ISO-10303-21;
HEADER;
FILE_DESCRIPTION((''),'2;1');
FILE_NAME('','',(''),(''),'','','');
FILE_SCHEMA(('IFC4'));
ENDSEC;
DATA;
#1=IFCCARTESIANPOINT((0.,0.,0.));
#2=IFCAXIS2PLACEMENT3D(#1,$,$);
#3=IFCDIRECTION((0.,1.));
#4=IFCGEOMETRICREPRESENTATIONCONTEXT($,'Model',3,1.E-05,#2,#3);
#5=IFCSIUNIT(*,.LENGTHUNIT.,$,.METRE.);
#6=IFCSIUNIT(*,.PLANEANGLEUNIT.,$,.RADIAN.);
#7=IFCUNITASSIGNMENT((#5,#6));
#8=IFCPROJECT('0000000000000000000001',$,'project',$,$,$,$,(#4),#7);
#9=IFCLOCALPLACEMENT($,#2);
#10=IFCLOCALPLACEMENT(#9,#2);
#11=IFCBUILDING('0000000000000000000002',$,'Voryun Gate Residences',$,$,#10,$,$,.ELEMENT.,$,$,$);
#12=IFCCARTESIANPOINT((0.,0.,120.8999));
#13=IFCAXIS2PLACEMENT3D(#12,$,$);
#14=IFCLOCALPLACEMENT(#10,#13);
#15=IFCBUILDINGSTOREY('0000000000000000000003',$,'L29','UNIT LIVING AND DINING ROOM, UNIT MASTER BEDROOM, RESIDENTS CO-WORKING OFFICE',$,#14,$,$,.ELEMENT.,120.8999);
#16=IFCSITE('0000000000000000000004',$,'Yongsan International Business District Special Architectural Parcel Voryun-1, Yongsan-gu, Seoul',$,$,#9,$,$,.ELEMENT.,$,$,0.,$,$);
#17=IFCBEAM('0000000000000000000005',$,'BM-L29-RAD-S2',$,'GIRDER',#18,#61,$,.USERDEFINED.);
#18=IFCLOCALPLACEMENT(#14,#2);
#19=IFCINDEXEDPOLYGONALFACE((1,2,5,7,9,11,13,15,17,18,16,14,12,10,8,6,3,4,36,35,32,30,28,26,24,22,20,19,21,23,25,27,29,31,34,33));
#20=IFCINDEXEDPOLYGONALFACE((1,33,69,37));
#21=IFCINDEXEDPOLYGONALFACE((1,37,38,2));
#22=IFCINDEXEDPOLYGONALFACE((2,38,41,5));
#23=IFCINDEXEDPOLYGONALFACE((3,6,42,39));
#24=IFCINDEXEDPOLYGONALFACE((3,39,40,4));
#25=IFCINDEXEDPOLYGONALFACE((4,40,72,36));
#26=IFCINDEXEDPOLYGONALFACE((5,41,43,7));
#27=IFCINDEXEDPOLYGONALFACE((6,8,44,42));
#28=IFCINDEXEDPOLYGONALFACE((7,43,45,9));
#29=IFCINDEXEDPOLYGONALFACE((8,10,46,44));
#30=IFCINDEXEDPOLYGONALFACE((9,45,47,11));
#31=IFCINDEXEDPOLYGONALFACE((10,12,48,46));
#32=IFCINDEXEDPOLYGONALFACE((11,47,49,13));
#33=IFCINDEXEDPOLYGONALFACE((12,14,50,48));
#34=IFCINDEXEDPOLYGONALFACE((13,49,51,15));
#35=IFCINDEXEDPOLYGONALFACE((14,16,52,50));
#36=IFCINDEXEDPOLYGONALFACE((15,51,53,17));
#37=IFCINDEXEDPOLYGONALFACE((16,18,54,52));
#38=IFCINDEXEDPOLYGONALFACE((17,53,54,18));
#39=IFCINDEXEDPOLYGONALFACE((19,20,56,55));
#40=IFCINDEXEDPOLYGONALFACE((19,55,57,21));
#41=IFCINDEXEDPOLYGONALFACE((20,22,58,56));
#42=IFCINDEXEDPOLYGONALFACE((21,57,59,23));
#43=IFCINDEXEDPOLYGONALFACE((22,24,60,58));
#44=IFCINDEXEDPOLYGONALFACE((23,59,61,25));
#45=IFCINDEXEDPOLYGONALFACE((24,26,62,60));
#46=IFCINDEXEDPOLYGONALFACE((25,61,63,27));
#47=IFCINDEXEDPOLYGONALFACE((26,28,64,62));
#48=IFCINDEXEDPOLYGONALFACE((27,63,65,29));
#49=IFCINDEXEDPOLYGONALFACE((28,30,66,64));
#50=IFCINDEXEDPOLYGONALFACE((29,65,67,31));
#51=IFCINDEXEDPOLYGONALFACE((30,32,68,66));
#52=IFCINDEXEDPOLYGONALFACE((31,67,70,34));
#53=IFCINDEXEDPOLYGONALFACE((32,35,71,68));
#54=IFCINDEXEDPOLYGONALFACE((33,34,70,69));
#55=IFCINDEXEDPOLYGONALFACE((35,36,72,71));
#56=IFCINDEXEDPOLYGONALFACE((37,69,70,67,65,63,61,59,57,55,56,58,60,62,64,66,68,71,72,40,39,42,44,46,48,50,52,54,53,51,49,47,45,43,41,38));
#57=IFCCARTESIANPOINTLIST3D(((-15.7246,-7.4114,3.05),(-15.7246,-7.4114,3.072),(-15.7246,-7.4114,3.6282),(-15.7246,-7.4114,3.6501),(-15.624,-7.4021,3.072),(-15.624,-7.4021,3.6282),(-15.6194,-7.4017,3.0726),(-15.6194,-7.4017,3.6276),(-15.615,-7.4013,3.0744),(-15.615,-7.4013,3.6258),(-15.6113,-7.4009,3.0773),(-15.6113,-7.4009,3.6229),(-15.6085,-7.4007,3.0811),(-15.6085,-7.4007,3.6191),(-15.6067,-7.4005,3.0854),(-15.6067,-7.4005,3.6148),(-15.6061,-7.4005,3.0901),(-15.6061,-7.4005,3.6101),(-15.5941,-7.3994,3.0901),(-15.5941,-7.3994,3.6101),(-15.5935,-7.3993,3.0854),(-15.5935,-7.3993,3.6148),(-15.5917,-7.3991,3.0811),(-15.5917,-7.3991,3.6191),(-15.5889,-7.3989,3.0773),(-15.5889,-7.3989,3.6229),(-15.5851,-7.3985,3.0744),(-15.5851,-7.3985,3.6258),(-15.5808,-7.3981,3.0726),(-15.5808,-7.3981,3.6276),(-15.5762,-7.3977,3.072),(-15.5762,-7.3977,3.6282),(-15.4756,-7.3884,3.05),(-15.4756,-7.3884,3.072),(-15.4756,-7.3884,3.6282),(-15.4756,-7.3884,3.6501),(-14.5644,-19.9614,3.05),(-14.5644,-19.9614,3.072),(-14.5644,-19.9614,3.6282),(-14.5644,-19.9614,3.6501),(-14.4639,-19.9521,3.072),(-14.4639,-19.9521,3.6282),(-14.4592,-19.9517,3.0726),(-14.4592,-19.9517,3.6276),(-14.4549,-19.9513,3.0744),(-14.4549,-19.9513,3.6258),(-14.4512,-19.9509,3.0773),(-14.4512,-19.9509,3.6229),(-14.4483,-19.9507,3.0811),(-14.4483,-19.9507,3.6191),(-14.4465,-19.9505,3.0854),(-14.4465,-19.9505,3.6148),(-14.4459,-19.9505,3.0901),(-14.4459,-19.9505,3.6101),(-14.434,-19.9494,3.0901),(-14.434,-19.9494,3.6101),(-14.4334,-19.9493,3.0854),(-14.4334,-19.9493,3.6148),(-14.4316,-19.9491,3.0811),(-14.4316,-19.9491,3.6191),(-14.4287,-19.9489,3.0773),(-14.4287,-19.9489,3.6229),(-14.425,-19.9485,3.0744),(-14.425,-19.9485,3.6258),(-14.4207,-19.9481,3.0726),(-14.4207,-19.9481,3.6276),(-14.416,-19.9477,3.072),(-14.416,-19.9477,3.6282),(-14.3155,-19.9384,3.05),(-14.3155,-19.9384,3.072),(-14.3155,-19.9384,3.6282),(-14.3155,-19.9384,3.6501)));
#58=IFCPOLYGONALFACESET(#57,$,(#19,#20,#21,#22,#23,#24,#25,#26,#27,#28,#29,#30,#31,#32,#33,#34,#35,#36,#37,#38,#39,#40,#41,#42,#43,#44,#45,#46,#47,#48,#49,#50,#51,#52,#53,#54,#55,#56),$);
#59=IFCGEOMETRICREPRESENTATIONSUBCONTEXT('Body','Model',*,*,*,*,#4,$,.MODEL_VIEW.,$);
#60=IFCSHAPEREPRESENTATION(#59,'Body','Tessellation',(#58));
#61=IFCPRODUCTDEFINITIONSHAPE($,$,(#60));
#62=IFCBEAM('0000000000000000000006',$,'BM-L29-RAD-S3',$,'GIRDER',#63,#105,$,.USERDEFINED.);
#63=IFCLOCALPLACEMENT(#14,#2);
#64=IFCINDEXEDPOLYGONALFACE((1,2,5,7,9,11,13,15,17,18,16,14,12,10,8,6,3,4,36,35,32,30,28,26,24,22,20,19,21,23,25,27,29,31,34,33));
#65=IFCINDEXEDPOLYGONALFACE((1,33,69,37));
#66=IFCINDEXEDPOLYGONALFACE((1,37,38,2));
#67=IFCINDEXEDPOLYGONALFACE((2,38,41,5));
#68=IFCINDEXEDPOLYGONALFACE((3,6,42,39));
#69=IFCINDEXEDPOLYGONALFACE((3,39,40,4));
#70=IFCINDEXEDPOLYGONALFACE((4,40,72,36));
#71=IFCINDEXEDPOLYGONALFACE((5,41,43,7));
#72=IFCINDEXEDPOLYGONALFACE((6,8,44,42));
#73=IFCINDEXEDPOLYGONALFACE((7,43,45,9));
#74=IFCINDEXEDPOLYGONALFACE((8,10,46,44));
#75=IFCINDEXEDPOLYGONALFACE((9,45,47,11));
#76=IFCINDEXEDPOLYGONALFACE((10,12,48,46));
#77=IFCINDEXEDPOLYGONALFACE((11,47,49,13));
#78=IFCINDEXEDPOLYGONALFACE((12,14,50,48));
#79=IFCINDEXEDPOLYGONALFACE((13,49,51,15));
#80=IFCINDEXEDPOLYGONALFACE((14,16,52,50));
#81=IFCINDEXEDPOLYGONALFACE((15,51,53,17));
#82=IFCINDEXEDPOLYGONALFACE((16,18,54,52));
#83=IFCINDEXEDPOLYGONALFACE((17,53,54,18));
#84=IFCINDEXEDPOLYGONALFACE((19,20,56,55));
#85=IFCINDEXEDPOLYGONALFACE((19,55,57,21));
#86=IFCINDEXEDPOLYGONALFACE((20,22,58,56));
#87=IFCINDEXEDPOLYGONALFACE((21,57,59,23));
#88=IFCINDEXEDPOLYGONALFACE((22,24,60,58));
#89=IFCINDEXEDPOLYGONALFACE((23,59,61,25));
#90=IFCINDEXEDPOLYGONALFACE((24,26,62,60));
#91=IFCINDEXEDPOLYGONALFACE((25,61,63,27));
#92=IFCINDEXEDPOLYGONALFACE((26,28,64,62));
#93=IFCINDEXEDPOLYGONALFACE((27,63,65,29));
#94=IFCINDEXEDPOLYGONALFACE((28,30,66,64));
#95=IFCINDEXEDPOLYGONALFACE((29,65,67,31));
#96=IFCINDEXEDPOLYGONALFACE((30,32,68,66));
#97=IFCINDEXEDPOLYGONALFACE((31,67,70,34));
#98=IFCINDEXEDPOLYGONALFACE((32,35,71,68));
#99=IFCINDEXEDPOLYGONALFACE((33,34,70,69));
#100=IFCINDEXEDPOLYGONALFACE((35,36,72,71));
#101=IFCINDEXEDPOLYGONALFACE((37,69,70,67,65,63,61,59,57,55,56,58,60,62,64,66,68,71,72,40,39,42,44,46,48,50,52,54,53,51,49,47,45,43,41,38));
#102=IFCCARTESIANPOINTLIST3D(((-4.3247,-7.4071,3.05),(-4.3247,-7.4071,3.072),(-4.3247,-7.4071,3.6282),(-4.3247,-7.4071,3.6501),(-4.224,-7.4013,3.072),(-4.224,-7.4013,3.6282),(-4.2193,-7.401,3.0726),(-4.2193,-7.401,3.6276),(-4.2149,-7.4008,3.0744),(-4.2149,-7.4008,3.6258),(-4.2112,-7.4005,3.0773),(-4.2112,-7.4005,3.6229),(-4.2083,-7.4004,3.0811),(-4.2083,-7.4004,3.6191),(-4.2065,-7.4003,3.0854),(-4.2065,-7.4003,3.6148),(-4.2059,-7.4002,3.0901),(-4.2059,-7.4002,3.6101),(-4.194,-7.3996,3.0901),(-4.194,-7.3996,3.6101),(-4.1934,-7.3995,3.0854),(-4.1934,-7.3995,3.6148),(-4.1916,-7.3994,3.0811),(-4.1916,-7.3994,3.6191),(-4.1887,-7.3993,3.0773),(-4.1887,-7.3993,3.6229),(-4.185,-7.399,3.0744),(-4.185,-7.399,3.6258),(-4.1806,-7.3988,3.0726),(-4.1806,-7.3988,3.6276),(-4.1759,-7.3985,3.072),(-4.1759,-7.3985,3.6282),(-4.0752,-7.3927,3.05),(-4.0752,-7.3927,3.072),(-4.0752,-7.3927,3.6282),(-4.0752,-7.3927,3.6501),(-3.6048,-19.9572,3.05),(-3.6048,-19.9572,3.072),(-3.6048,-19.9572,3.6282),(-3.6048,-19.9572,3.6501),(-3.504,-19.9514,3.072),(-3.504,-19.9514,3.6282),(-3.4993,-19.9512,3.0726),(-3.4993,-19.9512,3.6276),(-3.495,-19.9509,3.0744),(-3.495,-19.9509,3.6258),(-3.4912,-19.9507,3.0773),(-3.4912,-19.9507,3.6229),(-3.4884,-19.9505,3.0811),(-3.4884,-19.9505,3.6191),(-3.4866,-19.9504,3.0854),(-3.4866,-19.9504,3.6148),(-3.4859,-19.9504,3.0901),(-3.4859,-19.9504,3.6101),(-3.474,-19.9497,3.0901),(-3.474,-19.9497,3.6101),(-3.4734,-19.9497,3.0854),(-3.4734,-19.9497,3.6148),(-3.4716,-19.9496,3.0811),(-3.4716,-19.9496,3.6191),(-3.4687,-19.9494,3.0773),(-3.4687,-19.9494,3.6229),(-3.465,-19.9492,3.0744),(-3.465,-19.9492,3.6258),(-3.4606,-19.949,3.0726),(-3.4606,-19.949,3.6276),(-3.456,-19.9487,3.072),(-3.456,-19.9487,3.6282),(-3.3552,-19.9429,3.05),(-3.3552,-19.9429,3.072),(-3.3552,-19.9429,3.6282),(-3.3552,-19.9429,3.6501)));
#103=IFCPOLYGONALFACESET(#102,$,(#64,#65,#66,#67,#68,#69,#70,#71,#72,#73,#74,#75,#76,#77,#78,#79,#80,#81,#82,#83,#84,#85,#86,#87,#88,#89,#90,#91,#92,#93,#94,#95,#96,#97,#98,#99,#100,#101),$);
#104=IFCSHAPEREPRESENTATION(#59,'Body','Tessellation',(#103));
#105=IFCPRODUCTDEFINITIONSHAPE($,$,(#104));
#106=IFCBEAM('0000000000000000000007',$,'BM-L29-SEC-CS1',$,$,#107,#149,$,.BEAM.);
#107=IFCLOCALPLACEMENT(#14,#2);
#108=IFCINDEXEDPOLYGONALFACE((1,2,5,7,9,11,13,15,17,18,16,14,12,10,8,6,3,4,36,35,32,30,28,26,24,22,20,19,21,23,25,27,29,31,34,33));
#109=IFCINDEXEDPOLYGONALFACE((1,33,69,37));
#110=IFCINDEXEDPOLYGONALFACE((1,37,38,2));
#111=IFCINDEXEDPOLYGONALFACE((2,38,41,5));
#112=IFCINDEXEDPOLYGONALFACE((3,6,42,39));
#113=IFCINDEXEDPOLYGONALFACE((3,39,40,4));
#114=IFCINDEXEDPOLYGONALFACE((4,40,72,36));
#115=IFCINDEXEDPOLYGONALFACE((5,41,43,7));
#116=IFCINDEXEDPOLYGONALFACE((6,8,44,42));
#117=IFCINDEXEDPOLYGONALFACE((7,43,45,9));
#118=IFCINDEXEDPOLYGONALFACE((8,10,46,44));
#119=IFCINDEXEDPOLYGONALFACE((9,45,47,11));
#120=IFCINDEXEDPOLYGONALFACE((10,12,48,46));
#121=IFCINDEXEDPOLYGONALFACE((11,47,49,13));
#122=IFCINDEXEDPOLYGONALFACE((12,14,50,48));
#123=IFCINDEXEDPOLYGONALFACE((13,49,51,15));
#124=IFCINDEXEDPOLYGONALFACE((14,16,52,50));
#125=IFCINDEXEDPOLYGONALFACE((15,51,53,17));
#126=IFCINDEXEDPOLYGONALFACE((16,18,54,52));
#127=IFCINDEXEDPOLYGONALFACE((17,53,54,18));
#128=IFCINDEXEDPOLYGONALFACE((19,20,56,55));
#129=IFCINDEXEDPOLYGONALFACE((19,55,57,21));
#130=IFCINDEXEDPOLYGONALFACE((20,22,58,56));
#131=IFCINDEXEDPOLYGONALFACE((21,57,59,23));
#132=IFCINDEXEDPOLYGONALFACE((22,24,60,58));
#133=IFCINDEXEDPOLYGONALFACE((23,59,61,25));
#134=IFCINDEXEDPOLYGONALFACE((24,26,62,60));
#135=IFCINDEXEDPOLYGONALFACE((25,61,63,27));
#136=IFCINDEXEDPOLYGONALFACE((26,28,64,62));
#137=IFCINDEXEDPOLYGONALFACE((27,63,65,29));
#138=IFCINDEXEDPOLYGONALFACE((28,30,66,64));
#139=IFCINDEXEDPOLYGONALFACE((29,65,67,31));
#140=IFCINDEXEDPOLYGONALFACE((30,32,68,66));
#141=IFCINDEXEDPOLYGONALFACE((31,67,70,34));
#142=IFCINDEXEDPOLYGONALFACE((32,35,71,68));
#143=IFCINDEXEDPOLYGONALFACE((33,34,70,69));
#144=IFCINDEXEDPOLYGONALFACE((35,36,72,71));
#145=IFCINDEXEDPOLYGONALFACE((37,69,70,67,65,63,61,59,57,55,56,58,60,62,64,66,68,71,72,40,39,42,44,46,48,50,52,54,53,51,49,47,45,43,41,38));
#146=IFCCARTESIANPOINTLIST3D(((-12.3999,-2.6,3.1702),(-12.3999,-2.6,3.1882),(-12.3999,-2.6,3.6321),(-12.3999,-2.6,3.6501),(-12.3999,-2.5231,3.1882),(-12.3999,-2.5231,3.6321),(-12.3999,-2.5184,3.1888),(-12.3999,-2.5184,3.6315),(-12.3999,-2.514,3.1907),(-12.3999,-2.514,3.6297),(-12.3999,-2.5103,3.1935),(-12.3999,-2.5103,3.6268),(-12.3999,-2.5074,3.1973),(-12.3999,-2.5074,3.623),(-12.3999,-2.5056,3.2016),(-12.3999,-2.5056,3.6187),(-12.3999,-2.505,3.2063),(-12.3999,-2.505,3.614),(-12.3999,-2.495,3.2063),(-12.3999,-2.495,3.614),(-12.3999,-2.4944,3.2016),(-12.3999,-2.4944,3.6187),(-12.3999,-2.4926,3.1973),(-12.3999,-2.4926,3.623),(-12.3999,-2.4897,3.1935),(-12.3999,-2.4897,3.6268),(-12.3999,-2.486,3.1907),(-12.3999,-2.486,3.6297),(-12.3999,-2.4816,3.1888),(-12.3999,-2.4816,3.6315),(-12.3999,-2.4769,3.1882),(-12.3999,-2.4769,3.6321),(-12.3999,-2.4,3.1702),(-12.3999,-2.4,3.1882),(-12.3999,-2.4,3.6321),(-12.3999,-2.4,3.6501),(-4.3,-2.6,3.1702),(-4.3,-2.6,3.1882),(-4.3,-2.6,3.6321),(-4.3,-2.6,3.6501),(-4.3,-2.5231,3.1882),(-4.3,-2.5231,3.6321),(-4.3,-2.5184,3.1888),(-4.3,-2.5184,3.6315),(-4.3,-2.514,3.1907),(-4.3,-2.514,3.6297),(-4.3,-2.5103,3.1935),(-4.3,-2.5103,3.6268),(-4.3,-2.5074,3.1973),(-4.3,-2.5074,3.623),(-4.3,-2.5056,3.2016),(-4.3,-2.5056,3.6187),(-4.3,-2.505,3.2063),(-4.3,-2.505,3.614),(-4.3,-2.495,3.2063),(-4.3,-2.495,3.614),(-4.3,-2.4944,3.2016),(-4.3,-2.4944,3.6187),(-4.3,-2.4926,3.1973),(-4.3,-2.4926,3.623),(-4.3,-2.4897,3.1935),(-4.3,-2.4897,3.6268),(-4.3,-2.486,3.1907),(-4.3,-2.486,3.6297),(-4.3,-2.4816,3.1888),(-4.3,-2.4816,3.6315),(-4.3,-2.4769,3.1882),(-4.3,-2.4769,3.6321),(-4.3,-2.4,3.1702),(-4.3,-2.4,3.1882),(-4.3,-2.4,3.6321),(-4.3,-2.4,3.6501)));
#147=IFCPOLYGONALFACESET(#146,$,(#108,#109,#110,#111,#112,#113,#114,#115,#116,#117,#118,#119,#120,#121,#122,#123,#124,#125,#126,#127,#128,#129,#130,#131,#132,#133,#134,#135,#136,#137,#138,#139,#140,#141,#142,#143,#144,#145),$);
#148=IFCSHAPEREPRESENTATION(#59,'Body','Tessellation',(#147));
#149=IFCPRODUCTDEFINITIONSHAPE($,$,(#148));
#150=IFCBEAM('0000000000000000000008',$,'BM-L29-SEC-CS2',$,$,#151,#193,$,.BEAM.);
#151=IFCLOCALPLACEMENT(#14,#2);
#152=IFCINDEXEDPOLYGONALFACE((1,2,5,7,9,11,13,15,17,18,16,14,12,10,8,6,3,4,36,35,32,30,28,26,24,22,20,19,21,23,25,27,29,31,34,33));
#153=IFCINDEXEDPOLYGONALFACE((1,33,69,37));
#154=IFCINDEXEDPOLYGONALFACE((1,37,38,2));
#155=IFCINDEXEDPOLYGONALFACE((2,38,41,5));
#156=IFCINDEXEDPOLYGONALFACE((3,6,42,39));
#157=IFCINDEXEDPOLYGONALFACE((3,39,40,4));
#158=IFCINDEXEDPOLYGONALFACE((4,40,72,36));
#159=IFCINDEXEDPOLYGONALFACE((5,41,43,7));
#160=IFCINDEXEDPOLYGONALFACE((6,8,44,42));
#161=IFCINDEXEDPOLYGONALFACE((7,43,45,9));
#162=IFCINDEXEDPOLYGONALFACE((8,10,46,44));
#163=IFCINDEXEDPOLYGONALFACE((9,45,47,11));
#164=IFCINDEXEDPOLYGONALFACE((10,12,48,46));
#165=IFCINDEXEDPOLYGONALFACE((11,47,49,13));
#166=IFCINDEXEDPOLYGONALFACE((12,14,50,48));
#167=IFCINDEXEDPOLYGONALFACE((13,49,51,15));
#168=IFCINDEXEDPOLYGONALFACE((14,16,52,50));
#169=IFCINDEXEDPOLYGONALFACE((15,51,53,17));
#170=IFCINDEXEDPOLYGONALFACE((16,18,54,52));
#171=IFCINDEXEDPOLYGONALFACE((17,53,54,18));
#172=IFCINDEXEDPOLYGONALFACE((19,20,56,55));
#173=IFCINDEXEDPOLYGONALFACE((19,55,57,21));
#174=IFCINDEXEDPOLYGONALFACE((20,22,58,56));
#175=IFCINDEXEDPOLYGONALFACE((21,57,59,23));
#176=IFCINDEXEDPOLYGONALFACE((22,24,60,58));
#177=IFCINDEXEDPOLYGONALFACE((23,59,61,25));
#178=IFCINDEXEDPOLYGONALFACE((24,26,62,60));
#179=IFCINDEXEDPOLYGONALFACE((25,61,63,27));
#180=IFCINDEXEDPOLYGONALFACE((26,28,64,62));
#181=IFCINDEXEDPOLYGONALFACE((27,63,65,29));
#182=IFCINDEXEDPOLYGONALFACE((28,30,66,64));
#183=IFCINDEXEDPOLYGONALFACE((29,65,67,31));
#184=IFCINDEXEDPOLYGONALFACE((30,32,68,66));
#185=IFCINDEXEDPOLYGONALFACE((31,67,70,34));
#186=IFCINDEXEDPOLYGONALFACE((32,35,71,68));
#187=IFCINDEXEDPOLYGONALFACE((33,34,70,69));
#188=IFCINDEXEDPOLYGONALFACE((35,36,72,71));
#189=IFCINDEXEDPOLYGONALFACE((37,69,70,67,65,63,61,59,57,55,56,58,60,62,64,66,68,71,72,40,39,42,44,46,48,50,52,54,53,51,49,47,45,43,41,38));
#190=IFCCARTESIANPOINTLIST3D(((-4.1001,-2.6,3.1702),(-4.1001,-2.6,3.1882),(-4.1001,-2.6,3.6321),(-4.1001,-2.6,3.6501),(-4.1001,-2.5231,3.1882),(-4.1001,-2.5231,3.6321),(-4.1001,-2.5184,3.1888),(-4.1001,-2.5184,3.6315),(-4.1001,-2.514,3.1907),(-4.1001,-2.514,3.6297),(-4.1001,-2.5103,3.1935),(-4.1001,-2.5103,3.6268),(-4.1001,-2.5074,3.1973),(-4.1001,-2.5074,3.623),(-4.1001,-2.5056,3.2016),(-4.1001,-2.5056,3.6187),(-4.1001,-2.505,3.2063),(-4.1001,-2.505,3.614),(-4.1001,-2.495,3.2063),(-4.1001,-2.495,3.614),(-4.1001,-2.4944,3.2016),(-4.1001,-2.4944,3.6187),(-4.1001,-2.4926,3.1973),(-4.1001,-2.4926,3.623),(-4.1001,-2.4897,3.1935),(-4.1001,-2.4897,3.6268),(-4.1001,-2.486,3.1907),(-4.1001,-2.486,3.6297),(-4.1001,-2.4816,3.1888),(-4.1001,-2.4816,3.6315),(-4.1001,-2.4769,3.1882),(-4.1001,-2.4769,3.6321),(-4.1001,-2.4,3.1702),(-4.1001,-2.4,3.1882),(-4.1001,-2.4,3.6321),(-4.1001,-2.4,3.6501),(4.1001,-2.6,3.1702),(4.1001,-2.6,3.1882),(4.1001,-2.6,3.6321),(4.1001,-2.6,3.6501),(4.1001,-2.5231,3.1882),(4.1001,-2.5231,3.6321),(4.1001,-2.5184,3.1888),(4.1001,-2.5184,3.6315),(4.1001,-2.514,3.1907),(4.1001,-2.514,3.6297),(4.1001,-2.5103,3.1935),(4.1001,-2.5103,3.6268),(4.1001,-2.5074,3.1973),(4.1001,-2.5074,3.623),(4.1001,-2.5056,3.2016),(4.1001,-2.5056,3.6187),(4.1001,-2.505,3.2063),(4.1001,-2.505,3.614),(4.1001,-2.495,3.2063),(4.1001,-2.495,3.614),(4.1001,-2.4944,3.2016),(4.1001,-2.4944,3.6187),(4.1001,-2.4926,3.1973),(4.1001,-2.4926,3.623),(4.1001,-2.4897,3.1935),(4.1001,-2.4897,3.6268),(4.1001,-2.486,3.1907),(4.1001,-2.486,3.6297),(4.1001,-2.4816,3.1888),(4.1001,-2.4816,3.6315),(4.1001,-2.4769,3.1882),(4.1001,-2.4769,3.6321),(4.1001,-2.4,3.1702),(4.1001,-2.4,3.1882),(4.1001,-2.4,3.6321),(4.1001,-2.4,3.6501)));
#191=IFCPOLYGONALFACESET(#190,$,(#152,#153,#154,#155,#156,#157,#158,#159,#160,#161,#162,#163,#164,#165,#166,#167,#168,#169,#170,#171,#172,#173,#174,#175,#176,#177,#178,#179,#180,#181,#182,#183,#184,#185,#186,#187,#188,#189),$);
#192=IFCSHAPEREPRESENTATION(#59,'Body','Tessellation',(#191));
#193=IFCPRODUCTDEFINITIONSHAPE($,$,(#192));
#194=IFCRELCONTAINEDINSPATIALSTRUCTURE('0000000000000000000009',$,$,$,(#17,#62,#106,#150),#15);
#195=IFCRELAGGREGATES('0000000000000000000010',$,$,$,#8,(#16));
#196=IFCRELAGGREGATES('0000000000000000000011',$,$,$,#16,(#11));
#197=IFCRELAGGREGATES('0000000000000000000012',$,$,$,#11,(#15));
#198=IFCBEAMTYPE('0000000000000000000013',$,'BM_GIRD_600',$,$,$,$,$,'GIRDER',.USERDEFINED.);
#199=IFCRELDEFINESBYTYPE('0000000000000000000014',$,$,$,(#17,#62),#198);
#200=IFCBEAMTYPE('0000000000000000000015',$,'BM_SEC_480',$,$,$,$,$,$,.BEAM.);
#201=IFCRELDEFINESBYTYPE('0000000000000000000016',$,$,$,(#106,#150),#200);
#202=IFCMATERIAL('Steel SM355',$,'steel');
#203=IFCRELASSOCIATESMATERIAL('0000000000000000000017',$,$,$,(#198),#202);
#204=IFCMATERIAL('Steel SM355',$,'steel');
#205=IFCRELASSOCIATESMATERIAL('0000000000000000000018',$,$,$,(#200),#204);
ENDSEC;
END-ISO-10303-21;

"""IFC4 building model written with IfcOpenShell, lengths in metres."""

from ifc_helpers import new_model, si_unit, direction, frame, origin, origin_2d, place, context, subcontext, project, spatial, i_section, extrude, material, material_profile, profile_set, type_object, element, save


model = new_model("IFC4")

# Units and contexts
model_context = context("Model", 3, precision=1e-05, world=origin(), true_north=direction((0.0, 1.0)))
body_context = subcontext(model_context, "Body", "Model", "MODEL_VIEW")
ifc_project = project(units=[si_unit("LENGTHUNIT", "METRE"), si_unit("PLANEANGLEUNIT", "RADIAN")], contexts=[model_context])

# Site, building, storey
site_placement = place(None, origin())
site = spatial("IfcSite", under=ifc_project, at=site_placement, Name="Yongsan International Business District Special Architectural Parcel Voryun-1, Yongsan-gu, Seoul", CompositionType="ELEMENT", RefElevation=0.0)
building_placement = place(site_placement, origin())
building = spatial("IfcBuilding", under=site, at=building_placement, Name="Voryun Gate Residences", CompositionType="ELEMENT")
storey_placement = place(building_placement, frame((0.0, 0.0, 120.8999)))
storey = spatial("IfcBuildingStorey", under=building, at=storey_placement, Name="L29", Description="UNIT LIVING AND DINING ROOM, UNIT MASTER BEDROOM, RESIDENTS CO-WORKING OFFICE", CompositionType="ELEMENT", Elevation=120.8999)

# Beams
ifc_material_1 = material(Name="Steel SM355", Category="steel")
ifc_material_profile_1 = material_profile(ifc_material_1, i_section(OverallWidth=0.25, OverallDepth=0.6001, WebThickness=0.012, FlangeThickness=0.022, FilletRadius=0.0181, at=origin_2d()), Name="H-600x250x12x22")
ifc_profile_set_1 = profile_set([ifc_material_profile_1], Name="Steel SM355")
beam_type_1 = type_object("IfcBeamType", Name="BM_GIRD_600", ElementType="GIRDER", PredefinedType="USERDEFINED", material=ifc_profile_set_1)
beam_1_placement = place(storey_placement, frame((-15.6001, -7.3999, 3.3501), z_axis=(0.09205, -0.995754, 0.0), x_axis=(0.995754, 0.09205, 0.0)))
element("IfcBeam", 1, at=beam_1_placement, inside=storey, type_object=beam_type_1, Name="BM-L29-RAD-S2", ObjectType="GIRDER", PredefinedType="USERDEFINED", context=body_context, shape_type="SweptSolid", body=[
    extrude(i_section(OverallWidth=0.25, OverallDepth=0.6001, WebThickness=0.012, FlangeThickness=0.022, FilletRadius=0.0181, at=origin_2d()), origin(), (0.0, 0.0, 1.0), 12.6035),
])
beam_2_placement = place(storey_placement, frame((-4.2, -7.3999, 3.3501), z_axis=(0.057274, -0.998359, 0.0), x_axis=(0.998359, 0.057274, 0.0)))
element("IfcBeam", 2, at=beam_2_placement, inside=storey, type_object=beam_type_1, Name="BM-L29-RAD-S3", ObjectType="GIRDER", PredefinedType="USERDEFINED", context=body_context, shape_type="SweptSolid", body=[
    extrude(i_section(OverallWidth=0.25, OverallDepth=0.6001, WebThickness=0.012, FlangeThickness=0.022, FilletRadius=0.0181, at=origin_2d()), origin(), (0.0, 0.0, 1.0), 12.5708),
])
ifc_material_2 = material(Name="Steel SM355", Category="steel")
ifc_material_profile_2 = material_profile(ifc_material_2, i_section(OverallWidth=0.2, OverallDepth=0.48, WebThickness=0.01, FlangeThickness=0.0181, FilletRadius=0.0181, at=origin_2d()), Name="H-480x200x10x18")
ifc_profile_set_2 = profile_set([ifc_material_profile_2], Name="Steel SM355")
beam_type_2 = type_object("IfcBeamType", Name="BM_SEC_480", PredefinedType="BEAM", material=ifc_profile_set_2)
beam_3_placement = place(storey_placement, frame((-12.3999, -2.5, 3.4102), z_axis=(1.0, 0.0, 0.0), x_axis=(0.0, 1.0, 0.0)))
element("IfcBeam", 3, at=beam_3_placement, inside=storey, type_object=beam_type_2, Name="BM-L29-SEC-CS1", PredefinedType="BEAM", context=body_context, shape_type="SweptSolid", body=[
    extrude(i_section(OverallWidth=0.2, OverallDepth=0.48, WebThickness=0.01, FlangeThickness=0.0181, FilletRadius=0.0181, at=origin_2d()), origin(), (0.0, 0.0, 1.0), 8.0999),
])
beam_4_placement = place(storey_placement, frame((-4.1001, -2.5, 3.4102), z_axis=(1.0, 0.0, 0.0), x_axis=(0.0, 1.0, 0.0)))
element("IfcBeam", 4, at=beam_4_placement, inside=storey, type_object=beam_type_2, Name="BM-L29-SEC-CS2", PredefinedType="BEAM", context=body_context, shape_type="SweptSolid", body=[
    extrude(i_section(OverallWidth=0.2, OverallDepth=0.48, WebThickness=0.01, FlangeThickness=0.0181, FilletRadius=0.0181, at=origin_2d()), origin(), (0.0, 0.0, 1.0), 8.2002),
])

save(model, "model.ifc")
